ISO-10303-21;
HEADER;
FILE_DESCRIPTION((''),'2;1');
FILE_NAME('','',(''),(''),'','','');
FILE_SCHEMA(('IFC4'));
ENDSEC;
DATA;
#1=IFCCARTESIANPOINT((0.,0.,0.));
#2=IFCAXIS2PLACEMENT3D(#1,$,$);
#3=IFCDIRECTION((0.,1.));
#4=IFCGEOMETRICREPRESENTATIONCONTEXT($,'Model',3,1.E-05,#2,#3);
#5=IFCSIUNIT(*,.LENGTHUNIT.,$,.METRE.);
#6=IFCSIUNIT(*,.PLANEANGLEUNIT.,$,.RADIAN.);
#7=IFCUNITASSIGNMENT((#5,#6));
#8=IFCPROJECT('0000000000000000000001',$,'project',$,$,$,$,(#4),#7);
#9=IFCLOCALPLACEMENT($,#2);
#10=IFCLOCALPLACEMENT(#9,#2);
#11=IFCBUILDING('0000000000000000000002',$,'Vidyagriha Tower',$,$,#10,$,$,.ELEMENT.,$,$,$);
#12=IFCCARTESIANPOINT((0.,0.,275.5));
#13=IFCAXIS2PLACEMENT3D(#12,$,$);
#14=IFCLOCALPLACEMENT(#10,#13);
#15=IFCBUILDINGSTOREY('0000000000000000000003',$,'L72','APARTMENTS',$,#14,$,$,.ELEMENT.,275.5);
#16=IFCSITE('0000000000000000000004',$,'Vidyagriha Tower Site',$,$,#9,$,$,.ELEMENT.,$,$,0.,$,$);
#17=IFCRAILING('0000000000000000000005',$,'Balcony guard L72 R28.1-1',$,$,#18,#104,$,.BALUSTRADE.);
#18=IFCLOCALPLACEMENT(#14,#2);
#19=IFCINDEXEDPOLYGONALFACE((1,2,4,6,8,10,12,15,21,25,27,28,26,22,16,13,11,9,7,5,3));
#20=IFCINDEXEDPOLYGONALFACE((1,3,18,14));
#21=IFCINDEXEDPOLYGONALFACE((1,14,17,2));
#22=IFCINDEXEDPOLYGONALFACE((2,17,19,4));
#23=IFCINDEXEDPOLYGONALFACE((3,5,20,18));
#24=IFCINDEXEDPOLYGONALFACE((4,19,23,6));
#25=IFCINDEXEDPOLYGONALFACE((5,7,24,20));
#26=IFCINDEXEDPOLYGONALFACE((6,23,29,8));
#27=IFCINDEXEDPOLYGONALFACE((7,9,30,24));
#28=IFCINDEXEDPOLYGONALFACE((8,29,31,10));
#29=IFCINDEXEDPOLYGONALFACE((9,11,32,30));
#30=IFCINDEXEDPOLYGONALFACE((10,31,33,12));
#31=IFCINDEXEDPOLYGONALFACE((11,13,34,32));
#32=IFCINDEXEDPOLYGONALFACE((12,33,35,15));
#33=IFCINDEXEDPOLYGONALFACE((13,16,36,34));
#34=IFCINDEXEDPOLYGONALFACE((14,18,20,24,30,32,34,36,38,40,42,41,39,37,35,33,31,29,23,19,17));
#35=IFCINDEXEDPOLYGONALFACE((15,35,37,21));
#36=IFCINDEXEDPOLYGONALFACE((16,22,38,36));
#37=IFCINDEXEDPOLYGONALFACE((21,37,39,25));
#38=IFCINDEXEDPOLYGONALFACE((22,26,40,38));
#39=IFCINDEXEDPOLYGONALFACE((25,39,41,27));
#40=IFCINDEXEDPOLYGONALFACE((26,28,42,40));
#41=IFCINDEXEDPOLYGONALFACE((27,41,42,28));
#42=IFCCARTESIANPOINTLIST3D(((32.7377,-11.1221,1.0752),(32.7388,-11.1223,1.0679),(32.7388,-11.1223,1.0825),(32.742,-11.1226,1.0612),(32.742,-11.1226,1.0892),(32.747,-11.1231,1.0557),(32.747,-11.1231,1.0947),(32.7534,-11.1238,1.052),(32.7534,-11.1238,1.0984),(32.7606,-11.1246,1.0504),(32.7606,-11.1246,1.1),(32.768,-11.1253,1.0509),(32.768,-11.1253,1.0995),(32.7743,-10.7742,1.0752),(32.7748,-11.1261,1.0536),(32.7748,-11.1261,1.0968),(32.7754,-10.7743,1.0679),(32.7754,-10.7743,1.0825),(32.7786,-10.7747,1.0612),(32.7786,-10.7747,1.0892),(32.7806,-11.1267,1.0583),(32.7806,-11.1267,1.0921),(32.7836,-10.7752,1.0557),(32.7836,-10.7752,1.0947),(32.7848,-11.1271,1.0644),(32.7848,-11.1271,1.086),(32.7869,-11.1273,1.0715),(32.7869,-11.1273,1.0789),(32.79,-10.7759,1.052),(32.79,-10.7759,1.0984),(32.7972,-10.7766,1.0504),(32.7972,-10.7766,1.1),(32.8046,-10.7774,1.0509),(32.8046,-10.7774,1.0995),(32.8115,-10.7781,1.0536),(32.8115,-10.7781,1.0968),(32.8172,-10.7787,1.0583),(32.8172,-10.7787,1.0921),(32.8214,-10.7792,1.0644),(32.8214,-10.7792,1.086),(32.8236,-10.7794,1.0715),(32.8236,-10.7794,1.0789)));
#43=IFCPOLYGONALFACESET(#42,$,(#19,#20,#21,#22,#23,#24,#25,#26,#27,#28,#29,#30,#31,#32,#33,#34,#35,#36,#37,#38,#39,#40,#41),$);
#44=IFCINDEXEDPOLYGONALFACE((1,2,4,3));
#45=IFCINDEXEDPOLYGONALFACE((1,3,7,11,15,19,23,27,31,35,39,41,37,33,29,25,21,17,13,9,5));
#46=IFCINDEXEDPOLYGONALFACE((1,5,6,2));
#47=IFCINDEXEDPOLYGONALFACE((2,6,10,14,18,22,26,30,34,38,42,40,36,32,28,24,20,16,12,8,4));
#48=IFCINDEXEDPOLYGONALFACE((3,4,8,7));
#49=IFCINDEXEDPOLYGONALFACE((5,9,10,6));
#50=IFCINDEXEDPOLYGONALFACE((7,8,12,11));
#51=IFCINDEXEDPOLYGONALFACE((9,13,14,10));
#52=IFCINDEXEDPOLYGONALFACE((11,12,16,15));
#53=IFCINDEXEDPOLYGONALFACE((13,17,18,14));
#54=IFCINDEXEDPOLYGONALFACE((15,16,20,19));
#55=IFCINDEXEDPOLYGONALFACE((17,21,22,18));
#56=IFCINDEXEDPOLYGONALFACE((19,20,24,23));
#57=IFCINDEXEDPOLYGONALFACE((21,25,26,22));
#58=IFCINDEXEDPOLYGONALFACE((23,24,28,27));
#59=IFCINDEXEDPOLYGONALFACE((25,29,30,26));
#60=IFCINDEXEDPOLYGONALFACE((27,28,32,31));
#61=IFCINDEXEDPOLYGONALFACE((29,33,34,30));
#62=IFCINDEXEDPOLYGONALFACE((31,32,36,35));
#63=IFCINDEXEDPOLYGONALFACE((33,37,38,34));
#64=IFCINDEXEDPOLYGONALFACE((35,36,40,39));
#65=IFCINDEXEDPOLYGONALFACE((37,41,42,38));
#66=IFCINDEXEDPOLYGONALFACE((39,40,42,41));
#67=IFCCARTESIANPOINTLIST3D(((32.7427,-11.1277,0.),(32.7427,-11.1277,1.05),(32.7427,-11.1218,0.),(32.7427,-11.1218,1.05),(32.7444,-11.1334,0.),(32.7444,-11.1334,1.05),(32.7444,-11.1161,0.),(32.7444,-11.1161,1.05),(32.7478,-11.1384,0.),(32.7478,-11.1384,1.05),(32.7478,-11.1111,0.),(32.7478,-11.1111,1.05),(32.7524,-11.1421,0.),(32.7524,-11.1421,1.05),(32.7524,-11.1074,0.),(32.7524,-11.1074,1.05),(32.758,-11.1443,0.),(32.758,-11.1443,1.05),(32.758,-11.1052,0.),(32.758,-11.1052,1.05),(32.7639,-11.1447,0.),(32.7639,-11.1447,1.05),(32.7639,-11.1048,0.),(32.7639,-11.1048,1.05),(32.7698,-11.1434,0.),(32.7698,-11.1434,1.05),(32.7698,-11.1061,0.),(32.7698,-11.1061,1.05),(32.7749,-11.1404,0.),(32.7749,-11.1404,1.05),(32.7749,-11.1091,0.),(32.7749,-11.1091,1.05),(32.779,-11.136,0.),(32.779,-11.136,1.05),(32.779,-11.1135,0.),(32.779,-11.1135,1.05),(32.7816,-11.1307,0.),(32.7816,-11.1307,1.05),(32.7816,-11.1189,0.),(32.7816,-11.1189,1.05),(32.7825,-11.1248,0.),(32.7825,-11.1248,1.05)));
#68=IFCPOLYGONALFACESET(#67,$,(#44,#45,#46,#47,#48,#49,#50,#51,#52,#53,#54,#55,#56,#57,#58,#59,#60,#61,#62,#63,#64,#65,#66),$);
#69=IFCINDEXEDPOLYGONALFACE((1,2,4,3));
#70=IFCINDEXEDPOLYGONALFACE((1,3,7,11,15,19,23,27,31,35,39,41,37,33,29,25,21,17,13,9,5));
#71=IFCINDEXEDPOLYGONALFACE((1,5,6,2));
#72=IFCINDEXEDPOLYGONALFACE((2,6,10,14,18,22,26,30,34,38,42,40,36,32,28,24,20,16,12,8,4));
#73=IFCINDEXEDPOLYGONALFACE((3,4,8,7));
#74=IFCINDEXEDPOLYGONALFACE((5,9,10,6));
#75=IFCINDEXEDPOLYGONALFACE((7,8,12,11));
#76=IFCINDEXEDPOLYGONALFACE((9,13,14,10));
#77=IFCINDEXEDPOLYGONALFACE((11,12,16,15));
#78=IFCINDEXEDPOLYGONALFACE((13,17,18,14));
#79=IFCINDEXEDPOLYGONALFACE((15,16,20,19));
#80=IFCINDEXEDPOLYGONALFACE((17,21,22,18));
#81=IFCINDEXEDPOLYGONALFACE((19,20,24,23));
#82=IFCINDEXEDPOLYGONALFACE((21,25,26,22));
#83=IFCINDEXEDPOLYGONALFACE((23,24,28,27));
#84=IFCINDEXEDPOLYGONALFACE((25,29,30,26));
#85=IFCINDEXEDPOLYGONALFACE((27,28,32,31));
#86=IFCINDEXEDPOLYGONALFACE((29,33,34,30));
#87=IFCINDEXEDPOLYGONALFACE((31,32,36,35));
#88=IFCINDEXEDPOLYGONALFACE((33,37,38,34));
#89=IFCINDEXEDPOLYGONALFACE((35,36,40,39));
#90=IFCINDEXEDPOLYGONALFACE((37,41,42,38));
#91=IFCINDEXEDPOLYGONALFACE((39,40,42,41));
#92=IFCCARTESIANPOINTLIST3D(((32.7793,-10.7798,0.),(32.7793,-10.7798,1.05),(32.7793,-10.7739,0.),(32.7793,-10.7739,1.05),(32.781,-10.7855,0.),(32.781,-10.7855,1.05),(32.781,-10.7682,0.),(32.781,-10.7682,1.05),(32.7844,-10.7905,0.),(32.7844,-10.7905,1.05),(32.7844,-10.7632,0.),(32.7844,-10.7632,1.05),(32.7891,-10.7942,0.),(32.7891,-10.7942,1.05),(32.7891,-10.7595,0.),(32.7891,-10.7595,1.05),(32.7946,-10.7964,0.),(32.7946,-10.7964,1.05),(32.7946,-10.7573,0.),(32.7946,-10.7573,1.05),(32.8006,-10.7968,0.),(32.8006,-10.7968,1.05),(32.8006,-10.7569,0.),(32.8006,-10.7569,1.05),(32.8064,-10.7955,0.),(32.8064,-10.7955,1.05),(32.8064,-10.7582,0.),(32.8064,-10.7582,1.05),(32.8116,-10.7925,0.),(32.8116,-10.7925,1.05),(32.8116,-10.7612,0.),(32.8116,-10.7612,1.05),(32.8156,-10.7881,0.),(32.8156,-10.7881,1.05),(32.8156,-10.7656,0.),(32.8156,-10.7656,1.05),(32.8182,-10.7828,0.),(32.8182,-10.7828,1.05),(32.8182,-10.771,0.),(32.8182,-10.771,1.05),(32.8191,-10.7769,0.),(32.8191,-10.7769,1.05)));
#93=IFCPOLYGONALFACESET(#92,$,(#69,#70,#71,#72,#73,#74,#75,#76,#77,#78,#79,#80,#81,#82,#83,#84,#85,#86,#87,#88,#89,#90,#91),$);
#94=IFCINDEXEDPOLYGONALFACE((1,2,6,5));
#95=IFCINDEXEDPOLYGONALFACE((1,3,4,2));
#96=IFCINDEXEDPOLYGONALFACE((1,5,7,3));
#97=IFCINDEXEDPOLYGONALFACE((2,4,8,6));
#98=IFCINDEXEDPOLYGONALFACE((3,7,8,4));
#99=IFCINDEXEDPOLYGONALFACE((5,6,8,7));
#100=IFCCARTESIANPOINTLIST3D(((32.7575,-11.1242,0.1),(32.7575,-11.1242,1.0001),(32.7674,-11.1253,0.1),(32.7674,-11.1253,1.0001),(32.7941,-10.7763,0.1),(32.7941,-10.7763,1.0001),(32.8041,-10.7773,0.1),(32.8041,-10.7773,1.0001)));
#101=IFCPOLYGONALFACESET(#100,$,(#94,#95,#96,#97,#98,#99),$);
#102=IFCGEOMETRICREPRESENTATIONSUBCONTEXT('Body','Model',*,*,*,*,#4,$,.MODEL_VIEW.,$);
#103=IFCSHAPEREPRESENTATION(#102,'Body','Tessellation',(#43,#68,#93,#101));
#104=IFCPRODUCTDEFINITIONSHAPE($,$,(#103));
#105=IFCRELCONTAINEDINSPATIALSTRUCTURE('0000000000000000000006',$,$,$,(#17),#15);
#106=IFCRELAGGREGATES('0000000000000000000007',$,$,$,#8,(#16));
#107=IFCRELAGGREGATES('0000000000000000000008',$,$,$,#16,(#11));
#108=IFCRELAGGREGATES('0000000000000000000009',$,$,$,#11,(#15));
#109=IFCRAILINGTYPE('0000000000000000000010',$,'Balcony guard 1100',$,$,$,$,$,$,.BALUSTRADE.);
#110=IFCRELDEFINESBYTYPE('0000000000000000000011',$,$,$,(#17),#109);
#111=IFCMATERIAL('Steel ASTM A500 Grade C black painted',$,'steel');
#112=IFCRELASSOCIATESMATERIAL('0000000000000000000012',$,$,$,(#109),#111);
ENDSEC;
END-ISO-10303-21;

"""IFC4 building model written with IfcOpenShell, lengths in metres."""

from ifc_helpers import new_model, si_unit, direction, frame, origin, origin_2d, place, context, subcontext, project, spatial, rectangle, circle, extrude, material, type_object, element, save


model = new_model("IFC4")

# Units and contexts
model_context = context("Model", 3, precision=1e-05, world=origin(), true_north=direction((0.0, 1.0)))
body_context = subcontext(model_context, "Body", "Model", "MODEL_VIEW")
ifc_project = project(units=[si_unit("LENGTHUNIT", "METRE"), si_unit("PLANEANGLEUNIT", "RADIAN")], contexts=[model_context])

# Site, building, storey
site_placement = place(None, origin())
site = spatial("IfcSite", under=ifc_project, at=site_placement, Name="Vidyagriha Tower Site", CompositionType="ELEMENT", RefElevation=0.0)
building_placement = place(site_placement, origin())
building = spatial("IfcBuilding", under=site, at=building_placement, Name="Vidyagriha Tower", CompositionType="ELEMENT")
storey_placement = place(building_placement, frame((0.0, 0.0, 275.5)))
storey = spatial("IfcBuildingStorey", under=building, at=storey_placement, Name="L72", Description="APARTMENTS", CompositionType="ELEMENT", Elevation=275.5)

# Railing
ifc_material_1 = material(Name="Steel ASTM A500 Grade C black painted", Category="steel")
railing_type_1 = type_object("IfcRailingType", Name="Balcony guard 1100", PredefinedType="BALUSTRADE", material=ifc_material_1)
railing_1_placement = place(storey_placement, frame((32.7625, -11.1248, 0.0)))
element("IfcRailing", 1, at=railing_1_placement, inside=storey, type_object=railing_type_1, Name="Balcony guard L72 R28.1-1", PredefinedType="BALUSTRADE", context=body_context, shape_type="SweptSolid", body=[
    extrude(circle(Radius=0.0249, at=origin_2d()), frame((0.0, 0.0, 1.0752), z_axis=(0.104685, 0.994505, 0.0), x_axis=(-0.994505, 0.104685, 0.0)), (0.0, 0.0, 1.0), 0.3499),
    extrude(circle(Radius=0.02, at=origin_2d()), origin(), (0.0, 0.0, 1.0), 1.05),
    extrude(circle(Radius=0.02, at=origin_2d()), frame((0.0366, 0.3479, 0.0)), (0.0, 0.0, 1.0), 1.05),
    extrude(rectangle(XDim=0.01, YDim=0.9001, at=origin_2d()), frame((0.0, 0.0, 0.55), z_axis=(0.104685, 0.994505, 0.0), x_axis=(-0.994505, 0.104685, 0.0)), (0.0, 0.0, 1.0), 0.3499),
])

save(model, "model.ifc")
